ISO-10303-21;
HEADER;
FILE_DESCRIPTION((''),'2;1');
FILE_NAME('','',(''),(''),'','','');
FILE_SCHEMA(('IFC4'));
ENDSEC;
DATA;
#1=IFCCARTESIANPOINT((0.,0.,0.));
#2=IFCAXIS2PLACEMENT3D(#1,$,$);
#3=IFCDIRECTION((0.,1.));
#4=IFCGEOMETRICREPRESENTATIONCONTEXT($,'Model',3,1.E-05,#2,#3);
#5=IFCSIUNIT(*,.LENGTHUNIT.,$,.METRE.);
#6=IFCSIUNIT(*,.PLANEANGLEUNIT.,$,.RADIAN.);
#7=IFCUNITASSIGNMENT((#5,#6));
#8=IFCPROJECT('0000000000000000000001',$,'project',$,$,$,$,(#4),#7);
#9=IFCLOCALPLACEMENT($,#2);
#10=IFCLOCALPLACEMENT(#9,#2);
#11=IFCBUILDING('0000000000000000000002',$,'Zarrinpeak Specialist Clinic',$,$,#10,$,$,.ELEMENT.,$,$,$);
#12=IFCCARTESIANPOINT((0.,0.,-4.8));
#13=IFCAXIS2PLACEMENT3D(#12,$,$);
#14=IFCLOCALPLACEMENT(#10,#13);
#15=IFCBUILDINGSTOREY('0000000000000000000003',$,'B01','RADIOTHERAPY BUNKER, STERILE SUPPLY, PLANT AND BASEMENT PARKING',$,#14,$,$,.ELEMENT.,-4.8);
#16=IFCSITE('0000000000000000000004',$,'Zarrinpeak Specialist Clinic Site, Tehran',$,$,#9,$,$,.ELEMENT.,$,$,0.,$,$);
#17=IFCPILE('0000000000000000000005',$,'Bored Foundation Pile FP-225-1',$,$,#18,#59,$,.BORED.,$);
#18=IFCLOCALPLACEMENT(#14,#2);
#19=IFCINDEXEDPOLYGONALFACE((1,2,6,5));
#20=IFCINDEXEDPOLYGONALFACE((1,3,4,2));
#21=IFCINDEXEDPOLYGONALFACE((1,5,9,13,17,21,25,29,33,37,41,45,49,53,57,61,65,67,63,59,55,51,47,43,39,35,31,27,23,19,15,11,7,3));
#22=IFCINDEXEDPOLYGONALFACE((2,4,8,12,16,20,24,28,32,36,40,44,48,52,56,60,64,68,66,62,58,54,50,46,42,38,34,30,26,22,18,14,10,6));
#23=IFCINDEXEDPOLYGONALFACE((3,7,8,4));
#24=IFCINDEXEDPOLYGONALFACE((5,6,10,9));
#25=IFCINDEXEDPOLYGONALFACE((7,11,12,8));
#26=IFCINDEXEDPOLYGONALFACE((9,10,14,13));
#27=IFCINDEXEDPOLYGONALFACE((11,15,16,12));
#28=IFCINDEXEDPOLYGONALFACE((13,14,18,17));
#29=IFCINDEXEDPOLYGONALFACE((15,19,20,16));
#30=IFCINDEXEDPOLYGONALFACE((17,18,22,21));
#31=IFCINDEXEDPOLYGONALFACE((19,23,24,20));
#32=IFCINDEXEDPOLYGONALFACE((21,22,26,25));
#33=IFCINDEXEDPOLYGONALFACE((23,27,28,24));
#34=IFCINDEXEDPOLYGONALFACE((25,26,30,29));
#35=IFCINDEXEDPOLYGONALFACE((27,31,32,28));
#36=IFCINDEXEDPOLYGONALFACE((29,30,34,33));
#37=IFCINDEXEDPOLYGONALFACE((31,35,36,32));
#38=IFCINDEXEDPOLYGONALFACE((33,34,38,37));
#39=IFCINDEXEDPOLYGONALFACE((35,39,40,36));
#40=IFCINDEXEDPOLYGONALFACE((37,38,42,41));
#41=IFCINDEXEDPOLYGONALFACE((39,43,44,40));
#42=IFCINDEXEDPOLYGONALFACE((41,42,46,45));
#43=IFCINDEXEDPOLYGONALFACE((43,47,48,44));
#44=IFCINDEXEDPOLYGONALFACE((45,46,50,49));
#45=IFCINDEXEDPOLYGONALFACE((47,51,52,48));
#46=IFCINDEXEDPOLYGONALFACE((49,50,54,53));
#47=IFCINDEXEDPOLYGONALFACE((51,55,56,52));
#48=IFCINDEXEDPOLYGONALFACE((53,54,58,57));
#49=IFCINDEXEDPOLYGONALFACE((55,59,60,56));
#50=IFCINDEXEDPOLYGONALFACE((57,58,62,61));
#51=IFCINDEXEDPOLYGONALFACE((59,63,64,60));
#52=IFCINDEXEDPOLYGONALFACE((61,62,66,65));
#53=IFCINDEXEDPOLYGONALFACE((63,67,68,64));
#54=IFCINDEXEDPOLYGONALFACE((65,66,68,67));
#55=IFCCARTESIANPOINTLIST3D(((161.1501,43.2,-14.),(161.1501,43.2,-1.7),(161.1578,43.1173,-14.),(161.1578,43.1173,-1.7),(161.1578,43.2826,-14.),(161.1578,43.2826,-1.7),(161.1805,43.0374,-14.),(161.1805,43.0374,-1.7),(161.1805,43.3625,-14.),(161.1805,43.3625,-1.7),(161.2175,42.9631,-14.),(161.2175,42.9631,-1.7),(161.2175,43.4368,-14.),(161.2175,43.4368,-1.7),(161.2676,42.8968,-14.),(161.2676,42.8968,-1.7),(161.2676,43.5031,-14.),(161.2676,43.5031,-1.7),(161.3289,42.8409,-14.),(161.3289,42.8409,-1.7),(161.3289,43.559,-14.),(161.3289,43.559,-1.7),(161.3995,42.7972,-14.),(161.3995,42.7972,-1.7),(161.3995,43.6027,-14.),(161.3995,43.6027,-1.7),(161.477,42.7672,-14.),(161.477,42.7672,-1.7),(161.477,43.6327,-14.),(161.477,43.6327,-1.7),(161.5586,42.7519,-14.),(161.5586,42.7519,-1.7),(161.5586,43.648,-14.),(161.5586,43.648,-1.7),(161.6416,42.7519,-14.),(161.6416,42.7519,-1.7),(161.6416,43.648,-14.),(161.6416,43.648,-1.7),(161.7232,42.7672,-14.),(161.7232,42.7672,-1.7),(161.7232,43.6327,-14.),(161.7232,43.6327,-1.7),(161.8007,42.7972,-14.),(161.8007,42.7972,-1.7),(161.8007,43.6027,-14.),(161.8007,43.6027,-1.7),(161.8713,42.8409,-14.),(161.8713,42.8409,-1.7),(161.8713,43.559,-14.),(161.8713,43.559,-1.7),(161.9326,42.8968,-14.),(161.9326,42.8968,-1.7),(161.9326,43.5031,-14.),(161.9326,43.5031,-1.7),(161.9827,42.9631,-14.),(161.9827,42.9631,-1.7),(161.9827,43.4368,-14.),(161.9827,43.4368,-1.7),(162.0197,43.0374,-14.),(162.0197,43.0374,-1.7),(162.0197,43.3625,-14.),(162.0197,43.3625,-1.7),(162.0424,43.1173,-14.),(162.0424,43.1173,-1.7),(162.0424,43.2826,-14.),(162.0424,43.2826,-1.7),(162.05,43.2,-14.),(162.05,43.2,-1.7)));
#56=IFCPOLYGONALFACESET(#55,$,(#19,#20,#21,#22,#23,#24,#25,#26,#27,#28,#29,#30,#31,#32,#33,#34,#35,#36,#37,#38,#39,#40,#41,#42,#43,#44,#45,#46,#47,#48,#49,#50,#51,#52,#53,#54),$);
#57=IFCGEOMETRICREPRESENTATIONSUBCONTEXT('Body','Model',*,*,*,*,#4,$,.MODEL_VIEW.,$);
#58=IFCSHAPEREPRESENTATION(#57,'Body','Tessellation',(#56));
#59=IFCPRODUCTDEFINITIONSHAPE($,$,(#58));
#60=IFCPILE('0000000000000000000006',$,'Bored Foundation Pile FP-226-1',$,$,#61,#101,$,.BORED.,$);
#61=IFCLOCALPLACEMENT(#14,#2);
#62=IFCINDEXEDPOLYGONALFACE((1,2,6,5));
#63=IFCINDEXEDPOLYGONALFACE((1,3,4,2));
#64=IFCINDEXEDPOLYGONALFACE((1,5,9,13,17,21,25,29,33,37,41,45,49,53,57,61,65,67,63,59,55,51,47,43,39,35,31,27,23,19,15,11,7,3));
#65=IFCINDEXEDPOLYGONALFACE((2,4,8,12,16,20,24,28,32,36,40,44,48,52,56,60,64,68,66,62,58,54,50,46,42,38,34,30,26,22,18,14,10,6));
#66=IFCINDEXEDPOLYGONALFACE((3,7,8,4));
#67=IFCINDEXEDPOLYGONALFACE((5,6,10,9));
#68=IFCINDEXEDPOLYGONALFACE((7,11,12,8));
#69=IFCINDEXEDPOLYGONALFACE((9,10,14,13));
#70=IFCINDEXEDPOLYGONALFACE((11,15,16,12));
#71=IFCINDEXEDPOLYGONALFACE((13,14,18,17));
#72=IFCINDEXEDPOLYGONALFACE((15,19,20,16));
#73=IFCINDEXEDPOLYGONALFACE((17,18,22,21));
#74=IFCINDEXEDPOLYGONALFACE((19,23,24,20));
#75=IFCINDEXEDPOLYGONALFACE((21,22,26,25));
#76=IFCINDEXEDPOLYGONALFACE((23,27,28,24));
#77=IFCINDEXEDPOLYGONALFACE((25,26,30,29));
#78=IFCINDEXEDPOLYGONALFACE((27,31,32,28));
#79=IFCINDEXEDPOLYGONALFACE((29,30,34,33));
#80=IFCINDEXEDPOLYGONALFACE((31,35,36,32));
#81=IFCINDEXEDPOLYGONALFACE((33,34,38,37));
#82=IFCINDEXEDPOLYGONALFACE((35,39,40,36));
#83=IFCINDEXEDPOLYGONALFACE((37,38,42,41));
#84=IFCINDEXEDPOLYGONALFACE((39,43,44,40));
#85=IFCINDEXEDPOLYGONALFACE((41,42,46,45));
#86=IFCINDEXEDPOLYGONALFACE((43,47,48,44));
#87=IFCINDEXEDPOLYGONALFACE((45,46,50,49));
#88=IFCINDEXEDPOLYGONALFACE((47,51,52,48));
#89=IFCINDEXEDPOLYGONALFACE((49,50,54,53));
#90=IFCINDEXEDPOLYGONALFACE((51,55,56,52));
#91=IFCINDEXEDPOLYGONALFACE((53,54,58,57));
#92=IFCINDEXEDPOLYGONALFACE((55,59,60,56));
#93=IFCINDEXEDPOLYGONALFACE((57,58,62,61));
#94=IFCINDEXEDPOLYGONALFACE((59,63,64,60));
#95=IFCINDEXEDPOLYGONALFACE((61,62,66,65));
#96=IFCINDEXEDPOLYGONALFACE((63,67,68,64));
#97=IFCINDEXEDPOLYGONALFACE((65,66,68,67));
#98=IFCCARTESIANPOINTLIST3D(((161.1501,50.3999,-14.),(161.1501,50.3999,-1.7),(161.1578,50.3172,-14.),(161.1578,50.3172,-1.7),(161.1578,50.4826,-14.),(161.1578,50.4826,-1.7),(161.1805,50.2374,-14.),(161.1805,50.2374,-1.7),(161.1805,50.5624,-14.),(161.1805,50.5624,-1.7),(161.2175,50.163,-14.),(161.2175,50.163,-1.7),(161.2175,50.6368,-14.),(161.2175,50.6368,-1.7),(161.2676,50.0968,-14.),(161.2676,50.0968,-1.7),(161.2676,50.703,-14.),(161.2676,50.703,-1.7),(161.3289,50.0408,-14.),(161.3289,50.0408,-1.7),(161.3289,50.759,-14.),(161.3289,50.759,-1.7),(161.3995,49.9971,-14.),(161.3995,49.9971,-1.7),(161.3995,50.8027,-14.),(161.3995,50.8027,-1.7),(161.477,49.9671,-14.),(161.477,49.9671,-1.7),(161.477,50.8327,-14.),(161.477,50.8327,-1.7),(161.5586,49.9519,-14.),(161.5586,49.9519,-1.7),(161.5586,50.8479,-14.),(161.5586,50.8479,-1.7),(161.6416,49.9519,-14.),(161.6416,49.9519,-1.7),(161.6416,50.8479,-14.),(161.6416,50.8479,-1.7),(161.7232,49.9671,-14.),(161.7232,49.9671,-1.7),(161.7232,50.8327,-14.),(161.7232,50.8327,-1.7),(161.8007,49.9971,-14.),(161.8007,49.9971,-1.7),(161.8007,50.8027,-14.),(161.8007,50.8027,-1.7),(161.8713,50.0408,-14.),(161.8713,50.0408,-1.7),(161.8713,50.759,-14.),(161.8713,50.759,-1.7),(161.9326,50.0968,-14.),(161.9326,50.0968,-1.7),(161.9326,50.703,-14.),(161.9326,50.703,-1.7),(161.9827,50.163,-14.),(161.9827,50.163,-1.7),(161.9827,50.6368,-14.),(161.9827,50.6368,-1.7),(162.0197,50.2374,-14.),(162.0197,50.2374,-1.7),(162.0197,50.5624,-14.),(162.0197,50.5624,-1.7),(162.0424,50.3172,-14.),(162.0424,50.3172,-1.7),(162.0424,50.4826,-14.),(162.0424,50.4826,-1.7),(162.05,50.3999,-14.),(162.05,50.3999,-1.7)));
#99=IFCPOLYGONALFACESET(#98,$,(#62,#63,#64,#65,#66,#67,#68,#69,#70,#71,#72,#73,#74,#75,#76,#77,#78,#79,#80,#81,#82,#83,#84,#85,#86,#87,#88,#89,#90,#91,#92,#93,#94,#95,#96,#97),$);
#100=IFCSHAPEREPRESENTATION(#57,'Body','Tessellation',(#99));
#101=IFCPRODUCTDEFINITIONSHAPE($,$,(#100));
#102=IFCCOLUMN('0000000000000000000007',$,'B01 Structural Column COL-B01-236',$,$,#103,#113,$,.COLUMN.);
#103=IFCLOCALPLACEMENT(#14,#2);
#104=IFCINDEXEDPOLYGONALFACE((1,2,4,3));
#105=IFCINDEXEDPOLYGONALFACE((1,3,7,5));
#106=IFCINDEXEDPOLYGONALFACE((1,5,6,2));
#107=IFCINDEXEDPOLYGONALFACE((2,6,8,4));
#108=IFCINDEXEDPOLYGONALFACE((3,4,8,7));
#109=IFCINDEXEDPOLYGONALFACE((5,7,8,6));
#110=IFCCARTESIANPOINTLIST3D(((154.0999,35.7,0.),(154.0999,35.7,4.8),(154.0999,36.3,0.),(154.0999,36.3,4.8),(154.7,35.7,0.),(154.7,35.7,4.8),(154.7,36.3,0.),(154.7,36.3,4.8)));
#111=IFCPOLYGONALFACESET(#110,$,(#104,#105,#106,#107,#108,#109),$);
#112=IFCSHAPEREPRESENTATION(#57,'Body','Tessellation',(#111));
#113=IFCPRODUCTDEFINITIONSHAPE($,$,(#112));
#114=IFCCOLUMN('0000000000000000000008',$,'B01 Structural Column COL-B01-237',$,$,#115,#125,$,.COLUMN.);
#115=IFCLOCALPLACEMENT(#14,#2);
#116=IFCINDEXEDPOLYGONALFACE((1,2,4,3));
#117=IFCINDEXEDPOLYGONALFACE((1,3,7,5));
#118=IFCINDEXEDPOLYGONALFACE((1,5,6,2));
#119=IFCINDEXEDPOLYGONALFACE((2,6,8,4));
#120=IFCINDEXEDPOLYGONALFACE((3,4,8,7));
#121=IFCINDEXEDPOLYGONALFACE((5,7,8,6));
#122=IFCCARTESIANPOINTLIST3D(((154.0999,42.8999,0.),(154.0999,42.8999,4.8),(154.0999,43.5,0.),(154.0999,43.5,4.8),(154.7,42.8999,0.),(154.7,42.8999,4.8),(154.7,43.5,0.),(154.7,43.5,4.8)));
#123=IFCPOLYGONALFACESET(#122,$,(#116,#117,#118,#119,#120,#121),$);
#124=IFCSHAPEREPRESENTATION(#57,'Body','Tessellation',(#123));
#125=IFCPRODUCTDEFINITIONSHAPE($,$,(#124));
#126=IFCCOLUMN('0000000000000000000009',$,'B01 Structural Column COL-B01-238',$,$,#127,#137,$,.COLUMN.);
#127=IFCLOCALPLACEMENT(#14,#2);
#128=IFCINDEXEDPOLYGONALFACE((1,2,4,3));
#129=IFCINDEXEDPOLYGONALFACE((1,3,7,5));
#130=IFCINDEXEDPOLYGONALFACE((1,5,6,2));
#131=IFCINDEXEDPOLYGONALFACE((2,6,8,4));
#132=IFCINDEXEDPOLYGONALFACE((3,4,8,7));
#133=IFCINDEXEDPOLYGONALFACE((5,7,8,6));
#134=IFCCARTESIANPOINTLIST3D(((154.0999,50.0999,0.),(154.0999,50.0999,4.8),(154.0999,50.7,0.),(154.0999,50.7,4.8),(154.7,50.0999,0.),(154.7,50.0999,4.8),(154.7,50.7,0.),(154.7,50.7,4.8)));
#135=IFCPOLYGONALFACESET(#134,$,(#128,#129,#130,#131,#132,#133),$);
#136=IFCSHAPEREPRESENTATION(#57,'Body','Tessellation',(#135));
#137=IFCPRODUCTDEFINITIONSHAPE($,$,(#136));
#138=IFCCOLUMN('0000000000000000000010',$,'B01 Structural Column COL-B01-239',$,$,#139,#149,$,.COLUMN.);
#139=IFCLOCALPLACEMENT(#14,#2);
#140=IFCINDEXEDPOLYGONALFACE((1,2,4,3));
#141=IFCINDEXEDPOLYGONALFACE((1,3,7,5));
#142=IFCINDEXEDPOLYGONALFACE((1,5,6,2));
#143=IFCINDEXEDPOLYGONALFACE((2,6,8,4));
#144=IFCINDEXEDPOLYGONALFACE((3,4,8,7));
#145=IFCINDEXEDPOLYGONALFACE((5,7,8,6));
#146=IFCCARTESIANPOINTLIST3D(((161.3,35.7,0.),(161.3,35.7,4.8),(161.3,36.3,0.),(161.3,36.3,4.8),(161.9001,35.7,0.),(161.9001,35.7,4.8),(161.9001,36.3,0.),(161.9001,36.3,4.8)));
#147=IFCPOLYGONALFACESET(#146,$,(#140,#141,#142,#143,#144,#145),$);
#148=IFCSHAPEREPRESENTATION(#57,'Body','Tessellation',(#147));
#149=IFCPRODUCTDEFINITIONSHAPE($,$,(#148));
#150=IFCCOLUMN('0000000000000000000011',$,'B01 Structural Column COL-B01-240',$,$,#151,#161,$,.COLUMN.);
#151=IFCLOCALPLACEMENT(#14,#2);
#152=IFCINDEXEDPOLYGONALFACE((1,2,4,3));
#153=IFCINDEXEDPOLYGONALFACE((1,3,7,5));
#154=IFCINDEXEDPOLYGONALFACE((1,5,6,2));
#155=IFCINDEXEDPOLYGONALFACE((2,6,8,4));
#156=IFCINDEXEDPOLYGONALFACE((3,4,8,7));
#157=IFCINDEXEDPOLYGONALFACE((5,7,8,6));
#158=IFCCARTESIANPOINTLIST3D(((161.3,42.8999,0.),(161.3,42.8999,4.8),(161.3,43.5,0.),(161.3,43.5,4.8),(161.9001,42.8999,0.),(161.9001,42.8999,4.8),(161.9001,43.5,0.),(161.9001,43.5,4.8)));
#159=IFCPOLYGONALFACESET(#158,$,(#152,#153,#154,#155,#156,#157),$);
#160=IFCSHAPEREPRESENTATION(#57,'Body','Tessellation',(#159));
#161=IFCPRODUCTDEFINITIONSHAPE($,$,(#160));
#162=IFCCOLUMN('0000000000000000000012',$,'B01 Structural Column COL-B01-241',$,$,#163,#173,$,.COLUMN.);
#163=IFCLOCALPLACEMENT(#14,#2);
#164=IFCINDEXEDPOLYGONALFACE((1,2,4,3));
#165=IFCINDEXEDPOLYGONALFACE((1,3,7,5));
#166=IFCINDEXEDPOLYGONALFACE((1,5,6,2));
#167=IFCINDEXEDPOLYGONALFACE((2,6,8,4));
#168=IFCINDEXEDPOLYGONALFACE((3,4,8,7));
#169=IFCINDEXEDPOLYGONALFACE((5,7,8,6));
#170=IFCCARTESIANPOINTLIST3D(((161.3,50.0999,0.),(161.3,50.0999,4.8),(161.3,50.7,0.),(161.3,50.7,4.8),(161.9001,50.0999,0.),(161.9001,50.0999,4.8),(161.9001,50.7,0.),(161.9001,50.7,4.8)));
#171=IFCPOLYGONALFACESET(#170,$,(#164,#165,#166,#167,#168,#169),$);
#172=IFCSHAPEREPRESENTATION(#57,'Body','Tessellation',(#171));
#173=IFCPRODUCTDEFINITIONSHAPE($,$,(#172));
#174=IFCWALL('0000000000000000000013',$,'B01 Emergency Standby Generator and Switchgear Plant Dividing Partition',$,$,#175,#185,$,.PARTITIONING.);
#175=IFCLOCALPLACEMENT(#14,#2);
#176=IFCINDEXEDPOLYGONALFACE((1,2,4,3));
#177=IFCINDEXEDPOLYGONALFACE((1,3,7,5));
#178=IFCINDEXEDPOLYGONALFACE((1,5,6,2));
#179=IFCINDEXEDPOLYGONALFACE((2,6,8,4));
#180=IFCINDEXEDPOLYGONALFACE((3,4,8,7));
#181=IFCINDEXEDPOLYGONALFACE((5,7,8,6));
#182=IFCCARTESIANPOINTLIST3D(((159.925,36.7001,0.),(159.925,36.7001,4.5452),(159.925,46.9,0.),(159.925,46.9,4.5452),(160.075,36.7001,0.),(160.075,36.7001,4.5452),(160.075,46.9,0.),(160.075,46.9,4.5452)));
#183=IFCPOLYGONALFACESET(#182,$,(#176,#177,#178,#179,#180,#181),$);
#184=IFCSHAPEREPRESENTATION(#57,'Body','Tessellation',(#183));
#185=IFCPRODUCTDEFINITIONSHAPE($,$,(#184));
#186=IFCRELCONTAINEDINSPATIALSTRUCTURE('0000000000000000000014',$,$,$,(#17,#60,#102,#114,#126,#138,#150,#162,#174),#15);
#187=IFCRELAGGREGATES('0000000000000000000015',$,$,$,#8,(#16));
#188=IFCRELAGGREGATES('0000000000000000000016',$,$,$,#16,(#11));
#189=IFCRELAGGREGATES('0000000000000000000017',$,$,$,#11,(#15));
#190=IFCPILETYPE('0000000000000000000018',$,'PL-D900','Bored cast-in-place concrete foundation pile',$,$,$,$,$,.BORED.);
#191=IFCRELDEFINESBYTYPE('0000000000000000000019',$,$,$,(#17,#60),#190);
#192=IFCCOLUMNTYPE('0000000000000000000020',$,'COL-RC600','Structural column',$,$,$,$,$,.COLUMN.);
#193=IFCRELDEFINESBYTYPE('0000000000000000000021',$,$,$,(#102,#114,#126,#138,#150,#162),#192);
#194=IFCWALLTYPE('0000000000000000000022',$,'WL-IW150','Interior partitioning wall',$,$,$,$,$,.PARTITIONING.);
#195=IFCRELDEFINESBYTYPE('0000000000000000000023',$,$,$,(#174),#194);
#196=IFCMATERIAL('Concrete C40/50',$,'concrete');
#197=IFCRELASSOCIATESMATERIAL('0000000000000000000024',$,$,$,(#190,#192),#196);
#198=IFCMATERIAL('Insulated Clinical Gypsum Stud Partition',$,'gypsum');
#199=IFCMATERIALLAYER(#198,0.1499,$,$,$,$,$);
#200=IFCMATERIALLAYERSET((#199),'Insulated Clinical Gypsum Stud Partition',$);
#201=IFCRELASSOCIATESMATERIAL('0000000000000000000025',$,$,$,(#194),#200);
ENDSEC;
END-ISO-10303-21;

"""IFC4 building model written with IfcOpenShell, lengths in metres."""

from ifc_helpers import new_model, si_unit, direction, frame, frame_2d, origin, origin_2d, place, context, subcontext, project, spatial, rectangle, circle, extrude, material, layer, layer_set, material_profile, profile_set, type_object, element, save


model = new_model("IFC4")

# Units and contexts
model_context = context("Model", 3, precision=1e-05, world=origin(), true_north=direction((0.0, 1.0)))
body_context = subcontext(model_context, "Body", "Model", "MODEL_VIEW")
ifc_project = project(units=[si_unit("LENGTHUNIT", "METRE"), si_unit("PLANEANGLEUNIT", "RADIAN")], contexts=[model_context])

# Site, building, storey
site_placement = place(None, origin())
site = spatial("IfcSite", under=ifc_project, at=site_placement, Name="Zarrinpeak Specialist Clinic Site, Tehran", CompositionType="ELEMENT", RefElevation=0.0)
building_placement = place(site_placement, origin())
building = spatial("IfcBuilding", under=site, at=building_placement, Name="Zarrinpeak Specialist Clinic", CompositionType="ELEMENT")
storey_placement = place(building_placement, frame((0.0, 0.0, -4.8)))
storey = spatial("IfcBuildingStorey", under=building, at=storey_placement, Name="B01", Description="RADIOTHERAPY BUNKER, STERILE SUPPLY, PLANT AND BASEMENT PARKING", CompositionType="ELEMENT", Elevation=-4.8)

# Shared definitions
ifc_material_1 = material(Name="Concrete C40/50", Category="concrete")

# Piles
ifc_material_profile_1 = material_profile(ifc_material_1, circle(Radius=0.45, at=origin_2d()), Name="BORED PILE D900")
ifc_profile_set_1 = profile_set([ifc_material_profile_1], Name="Concrete C40/50")
pile_type = type_object("IfcPileType", Name="PL-D900", Description="Bored cast-in-place concrete foundation pile", PredefinedType="BORED", material=ifc_profile_set_1)
for number, where, z_axis, x_axis, name in (
    (1, (161.6001, 43.2, -1.7), (0.0, 0.0, -1.0), (1.0, 0.0, 0.0), "Bored Foundation Pile FP-225-1"),
    (2, (161.6001, 50.3999, -1.7), (0.0, 0.0, -1.0), (1.0, 0.0, 0.0), "Bored Foundation Pile FP-226-1"),
):
    element("IfcPile", number, at=place(storey_placement, frame(where, z_axis=z_axis, x_axis=x_axis)), inside=storey, type_object=pile_type, Name=name, PredefinedType="BORED", context=body_context, shape_type="SweptSolid", body=[
        extrude(circle(Radius=0.45, at=origin_2d()), origin(), (0.0, 0.0, 1.0), 12.3),
    ])

# Columns
ifc_material_profile_2 = material_profile(ifc_material_1, rectangle(XDim=0.6001, YDim=0.6001, at=origin_2d()), Name="RC 600x600")
ifc_profile_set_2 = profile_set([ifc_material_profile_2], Name="Concrete C40/50")
column_type = type_object("IfcColumnType", Name="COL-RC600", Description="Structural column", PredefinedType="COLUMN", material=ifc_profile_set_2)
for number, where, z_axis, x_axis, name in (
    (3, (154.3999, 36.0, 0.0), (0.0, 0.0, 1.0), (1.0, 0.0, 0.0), "B01 Structural Column COL-B01-236"),
    (4, (154.3999, 43.2, 0.0), (0.0, 0.0, 1.0), (1.0, 0.0, 0.0), "B01 Structural Column COL-B01-237"),
    (5, (154.3999, 50.3999, 0.0), (0.0, 0.0, 1.0), (1.0, 0.0, 0.0), "B01 Structural Column COL-B01-238"),
    (6, (161.6001, 36.0, 0.0), (0.0, 0.0, 1.0), (1.0, 0.0, 0.0), "B01 Structural Column COL-B01-239"),
    (7, (161.6001, 43.2, 0.0), (0.0, 0.0, 1.0), (1.0, 0.0, 0.0), "B01 Structural Column COL-B01-240"),
    (8, (161.6001, 50.3999, 0.0), (0.0, 0.0, 1.0), (1.0, 0.0, 0.0), "B01 Structural Column COL-B01-241"),
):
    element("IfcColumn", number, at=place(storey_placement, frame(where, z_axis=z_axis, x_axis=x_axis)), inside=storey, type_object=column_type, Name=name, PredefinedType="COLUMN", context=body_context, shape_type="SweptSolid", body=[
        extrude(rectangle(XDim=0.6001, YDim=0.6001, at=origin_2d()), origin(), (0.0, 0.0, 1.0), 4.8),
    ])

# Wall
ifc_material_2 = material(Name="Insulated Clinical Gypsum Stud Partition", Category="gypsum")
ifc_layer = layer(ifc_material_2, 0.1499)
ifc_layer_set = layer_set([ifc_layer], Name="Insulated Clinical Gypsum Stud Partition")
wall_type = type_object("IfcWallType", Name="WL-IW150", Description="Interior partitioning wall", PredefinedType="PARTITIONING", material=ifc_layer_set)
wall_placement = place(storey_placement, frame((160.0, 36.7, 0.0), z_axis=(0.0, 0.0, 1.0), x_axis=(0.0, 1.0, 0.0)))
element("IfcWall", 9, at=wall_placement, inside=storey, type_object=wall_type, Name="B01 Emergency Standby Generator and Switchgear Plant Dividing Partition", PredefinedType="PARTITIONING", context=body_context, shape_type="SweptSolid", body=[
    extrude(rectangle(XDim=10.2, YDim=0.1499, at=frame_2d((5.1001, 0.0))), origin(), (0.0, 0.0, 1.0), 4.5452),
])

save(model, "model.ifc")
